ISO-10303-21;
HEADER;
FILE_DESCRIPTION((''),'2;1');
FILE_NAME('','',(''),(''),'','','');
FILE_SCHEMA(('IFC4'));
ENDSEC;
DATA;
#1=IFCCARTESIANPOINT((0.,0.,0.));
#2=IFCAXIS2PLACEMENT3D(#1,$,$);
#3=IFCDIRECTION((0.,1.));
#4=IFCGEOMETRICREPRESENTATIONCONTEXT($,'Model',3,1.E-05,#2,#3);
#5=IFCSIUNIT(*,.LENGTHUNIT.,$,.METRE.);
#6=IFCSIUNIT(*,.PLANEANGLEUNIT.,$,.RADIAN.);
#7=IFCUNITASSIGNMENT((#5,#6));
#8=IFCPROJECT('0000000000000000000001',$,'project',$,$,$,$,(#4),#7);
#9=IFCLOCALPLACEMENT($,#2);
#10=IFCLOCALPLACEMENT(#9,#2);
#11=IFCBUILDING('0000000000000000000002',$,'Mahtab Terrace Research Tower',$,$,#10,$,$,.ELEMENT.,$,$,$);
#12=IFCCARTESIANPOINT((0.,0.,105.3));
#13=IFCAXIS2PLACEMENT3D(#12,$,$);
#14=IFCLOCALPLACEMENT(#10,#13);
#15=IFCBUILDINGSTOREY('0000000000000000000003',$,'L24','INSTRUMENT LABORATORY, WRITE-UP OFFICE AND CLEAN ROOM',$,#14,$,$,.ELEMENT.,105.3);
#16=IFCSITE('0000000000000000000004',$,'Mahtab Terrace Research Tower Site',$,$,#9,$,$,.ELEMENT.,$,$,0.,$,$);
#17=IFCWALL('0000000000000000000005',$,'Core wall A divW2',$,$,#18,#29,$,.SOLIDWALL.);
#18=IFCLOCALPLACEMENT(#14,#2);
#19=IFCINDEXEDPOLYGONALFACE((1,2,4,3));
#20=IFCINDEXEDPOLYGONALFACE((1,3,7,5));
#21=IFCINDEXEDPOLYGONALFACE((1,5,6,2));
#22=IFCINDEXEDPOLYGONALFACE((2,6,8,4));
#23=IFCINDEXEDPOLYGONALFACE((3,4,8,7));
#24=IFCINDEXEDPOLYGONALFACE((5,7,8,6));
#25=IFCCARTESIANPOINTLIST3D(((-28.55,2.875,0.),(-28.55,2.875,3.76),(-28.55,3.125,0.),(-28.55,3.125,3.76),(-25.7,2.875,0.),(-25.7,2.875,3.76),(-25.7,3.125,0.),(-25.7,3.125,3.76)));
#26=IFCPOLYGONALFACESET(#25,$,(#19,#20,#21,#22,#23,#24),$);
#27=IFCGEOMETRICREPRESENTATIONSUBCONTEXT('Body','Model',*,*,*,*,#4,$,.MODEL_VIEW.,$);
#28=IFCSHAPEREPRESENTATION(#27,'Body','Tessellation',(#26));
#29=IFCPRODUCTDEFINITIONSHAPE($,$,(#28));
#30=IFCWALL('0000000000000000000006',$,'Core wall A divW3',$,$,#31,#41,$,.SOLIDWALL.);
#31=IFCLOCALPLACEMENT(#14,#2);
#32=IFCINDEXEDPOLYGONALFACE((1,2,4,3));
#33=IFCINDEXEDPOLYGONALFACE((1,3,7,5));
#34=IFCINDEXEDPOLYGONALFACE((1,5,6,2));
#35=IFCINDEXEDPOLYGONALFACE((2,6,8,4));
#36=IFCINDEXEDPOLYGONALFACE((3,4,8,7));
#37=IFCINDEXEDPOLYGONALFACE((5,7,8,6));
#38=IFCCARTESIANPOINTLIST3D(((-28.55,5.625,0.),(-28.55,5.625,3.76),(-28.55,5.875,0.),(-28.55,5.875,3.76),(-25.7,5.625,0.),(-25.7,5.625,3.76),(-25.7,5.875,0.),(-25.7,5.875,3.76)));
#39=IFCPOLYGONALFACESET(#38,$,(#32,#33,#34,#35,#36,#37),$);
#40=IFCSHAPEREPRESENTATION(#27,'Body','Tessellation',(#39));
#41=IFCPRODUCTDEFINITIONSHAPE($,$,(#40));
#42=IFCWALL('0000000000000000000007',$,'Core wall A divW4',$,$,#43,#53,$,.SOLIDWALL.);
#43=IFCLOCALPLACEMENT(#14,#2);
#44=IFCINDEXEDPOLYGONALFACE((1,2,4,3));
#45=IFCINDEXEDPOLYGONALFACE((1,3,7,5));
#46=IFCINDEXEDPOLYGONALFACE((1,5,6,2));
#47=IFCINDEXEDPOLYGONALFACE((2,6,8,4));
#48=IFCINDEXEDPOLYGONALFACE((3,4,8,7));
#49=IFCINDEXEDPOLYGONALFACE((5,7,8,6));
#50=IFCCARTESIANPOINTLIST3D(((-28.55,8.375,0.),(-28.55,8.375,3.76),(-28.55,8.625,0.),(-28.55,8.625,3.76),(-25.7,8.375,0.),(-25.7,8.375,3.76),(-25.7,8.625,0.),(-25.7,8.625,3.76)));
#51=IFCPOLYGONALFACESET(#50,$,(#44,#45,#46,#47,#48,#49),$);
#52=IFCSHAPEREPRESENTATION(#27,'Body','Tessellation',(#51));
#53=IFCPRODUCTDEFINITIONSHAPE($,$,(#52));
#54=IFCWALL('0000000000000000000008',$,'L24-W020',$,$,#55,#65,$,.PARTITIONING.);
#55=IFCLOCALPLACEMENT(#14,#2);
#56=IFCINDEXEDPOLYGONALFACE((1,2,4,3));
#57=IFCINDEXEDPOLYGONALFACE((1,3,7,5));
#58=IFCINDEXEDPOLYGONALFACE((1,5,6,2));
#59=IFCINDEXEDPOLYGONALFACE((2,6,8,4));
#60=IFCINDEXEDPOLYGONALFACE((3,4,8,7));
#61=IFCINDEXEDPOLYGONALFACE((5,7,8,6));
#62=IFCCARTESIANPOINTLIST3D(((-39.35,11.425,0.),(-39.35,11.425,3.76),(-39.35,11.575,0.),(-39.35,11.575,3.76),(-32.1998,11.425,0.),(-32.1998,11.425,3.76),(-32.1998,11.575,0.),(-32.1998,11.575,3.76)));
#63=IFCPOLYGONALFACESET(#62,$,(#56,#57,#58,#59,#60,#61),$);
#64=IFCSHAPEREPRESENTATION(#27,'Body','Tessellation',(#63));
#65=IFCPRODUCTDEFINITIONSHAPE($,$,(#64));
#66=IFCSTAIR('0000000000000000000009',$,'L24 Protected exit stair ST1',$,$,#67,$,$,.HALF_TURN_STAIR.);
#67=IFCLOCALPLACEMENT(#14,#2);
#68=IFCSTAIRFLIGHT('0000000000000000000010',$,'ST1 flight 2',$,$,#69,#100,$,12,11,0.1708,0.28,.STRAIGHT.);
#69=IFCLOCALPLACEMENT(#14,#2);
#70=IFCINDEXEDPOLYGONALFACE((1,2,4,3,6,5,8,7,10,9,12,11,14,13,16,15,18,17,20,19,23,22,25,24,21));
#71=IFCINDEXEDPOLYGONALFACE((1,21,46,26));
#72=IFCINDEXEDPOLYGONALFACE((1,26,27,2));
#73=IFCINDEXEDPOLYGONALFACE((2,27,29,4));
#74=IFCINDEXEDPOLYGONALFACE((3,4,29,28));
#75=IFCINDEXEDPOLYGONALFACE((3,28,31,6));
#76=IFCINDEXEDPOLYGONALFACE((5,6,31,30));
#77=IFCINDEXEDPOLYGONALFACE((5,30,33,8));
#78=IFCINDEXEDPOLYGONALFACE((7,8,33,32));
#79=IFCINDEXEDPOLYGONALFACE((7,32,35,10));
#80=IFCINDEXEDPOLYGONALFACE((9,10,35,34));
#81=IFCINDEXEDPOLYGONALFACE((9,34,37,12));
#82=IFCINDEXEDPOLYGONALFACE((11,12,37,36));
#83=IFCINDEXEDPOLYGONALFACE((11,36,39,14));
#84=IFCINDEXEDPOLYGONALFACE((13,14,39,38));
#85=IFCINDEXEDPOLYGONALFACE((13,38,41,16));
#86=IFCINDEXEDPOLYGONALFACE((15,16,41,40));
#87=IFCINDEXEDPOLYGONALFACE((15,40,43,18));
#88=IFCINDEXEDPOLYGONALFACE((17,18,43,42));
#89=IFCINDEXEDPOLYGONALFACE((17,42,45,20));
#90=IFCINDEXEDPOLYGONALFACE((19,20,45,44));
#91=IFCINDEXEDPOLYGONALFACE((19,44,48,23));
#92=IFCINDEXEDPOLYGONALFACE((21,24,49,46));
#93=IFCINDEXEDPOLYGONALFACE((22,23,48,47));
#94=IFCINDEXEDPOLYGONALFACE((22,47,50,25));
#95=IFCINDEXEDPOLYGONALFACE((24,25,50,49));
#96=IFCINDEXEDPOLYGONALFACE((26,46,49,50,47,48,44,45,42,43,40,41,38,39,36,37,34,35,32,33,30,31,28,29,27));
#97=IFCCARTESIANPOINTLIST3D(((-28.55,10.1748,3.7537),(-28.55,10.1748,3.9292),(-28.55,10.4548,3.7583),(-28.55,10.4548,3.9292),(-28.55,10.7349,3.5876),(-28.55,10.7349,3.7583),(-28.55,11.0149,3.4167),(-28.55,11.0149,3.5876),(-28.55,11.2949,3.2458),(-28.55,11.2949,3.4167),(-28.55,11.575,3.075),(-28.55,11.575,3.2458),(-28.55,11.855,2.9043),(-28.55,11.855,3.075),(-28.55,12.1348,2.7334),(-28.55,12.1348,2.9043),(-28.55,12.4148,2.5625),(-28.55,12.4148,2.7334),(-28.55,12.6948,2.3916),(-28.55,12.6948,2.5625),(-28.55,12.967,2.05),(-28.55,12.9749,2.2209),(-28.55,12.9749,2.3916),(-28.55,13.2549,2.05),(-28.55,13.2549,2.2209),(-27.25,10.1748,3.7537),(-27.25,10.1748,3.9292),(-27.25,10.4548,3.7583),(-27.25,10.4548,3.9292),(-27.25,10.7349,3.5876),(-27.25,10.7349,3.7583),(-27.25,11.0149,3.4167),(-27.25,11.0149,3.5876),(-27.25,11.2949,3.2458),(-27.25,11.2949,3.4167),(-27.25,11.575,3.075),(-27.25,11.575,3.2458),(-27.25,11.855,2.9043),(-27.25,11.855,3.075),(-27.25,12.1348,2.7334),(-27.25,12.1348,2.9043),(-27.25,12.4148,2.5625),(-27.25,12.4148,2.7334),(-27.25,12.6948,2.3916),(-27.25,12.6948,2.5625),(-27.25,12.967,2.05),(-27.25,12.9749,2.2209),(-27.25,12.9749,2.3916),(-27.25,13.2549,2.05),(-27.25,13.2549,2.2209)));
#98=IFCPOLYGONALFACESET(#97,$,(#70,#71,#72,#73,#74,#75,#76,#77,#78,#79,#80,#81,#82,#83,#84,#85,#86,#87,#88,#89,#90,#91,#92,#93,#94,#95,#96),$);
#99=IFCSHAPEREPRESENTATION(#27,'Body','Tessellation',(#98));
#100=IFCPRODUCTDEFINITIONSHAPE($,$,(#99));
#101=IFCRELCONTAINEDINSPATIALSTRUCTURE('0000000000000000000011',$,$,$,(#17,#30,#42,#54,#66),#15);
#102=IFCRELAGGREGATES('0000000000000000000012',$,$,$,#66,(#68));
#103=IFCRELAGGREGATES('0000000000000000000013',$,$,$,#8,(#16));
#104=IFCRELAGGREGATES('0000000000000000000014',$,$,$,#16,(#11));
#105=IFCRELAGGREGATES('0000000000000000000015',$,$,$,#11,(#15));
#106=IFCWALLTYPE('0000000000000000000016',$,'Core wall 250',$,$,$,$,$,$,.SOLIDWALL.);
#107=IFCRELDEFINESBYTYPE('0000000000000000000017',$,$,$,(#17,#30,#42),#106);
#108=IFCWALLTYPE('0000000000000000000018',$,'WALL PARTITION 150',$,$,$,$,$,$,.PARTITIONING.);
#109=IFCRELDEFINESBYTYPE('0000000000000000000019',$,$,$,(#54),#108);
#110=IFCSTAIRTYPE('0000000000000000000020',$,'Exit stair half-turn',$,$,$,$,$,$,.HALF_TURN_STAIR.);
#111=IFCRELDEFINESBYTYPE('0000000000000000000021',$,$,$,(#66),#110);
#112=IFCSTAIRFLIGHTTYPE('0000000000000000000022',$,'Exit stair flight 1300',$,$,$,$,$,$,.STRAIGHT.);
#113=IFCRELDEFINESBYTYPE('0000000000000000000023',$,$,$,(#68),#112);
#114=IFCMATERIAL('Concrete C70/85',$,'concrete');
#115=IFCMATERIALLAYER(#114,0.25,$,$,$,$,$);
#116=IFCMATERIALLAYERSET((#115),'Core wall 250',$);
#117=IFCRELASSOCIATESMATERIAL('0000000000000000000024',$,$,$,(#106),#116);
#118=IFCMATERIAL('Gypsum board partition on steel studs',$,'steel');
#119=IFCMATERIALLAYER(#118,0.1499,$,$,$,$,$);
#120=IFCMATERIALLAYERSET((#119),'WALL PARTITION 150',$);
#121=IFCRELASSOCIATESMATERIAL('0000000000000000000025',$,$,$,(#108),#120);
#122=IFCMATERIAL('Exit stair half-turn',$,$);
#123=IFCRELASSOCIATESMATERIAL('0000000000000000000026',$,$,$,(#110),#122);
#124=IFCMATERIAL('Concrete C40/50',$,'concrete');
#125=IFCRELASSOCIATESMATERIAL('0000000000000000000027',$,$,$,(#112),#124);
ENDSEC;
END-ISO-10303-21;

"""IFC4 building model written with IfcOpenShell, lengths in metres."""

from ifc_helpers import new_model, si_unit, direction, frame, frame_2d, origin, place, context, subcontext, project, spatial, polyline, rectangle, outline, extrude, material, layer, layer_set, type_object, element, aggregate, save


model = new_model("IFC4")

# Units and contexts
model_context = context("Model", 3, precision=1e-05, world=origin(), true_north=direction((0.0, 1.0)))
body_context = subcontext(model_context, "Body", "Model", "MODEL_VIEW")
ifc_project = project(units=[si_unit("LENGTHUNIT", "METRE"), si_unit("PLANEANGLEUNIT", "RADIAN")], contexts=[model_context])

# Site, building, storey
site_placement = place(None, origin())
site = spatial("IfcSite", under=ifc_project, at=site_placement, Name="Mahtab Terrace Research Tower Site", CompositionType="ELEMENT", RefElevation=0.0)
building_placement = place(site_placement, origin())
building = spatial("IfcBuilding", under=site, at=building_placement, Name="Mahtab Terrace Research Tower", CompositionType="ELEMENT")
storey_placement = place(building_placement, frame((0.0, 0.0, 105.3)))
storey = spatial("IfcBuildingStorey", under=building, at=storey_placement, Name="L24", Description="INSTRUMENT LABORATORY, WRITE-UP OFFICE AND CLEAN ROOM", CompositionType="ELEMENT", Elevation=105.3)

# Shared definitions
ifc_material_1 = material(Name="Concrete C70/85", Category="concrete")

# Walls
ifc_layer_1 = layer(ifc_material_1, 0.25)
ifc_layer_set_1 = layer_set([ifc_layer_1], Name="Core wall 250")
wall_type_1 = type_object("IfcWallType", Name="Core wall 250", PredefinedType="SOLIDWALL", material=ifc_layer_set_1)
for number, where, z_axis, x_axis, name in (
    (1, (-28.55, 3.0, 0.0), (0.0, 0.0, 1.0), (1.0, 0.0, 0.0), "Core wall A divW2"),
    (2, (-28.55, 5.75, 0.0), (0.0, 0.0, 1.0), (1.0, 0.0, 0.0), "Core wall A divW3"),
    (3, (-28.55, 8.5, 0.0), (0.0, 0.0, 1.0), (1.0, 0.0, 0.0), "Core wall A divW4"),
):
    element("IfcWall", number, at=place(storey_placement, frame(where, z_axis=z_axis, x_axis=x_axis)), inside=storey, type_object=wall_type_1, Name=name, PredefinedType="SOLIDWALL", context=body_context, shape_type="SweptSolid", body=[
        extrude(rectangle(XDim=2.8501, YDim=0.25, at=frame_2d((1.425, 0.0))), origin(), (0.0, 0.0, 1.0), 3.76),
    ])
ifc_material_2 = material(Name="Gypsum board partition on steel studs", Category="steel")
ifc_layer_2 = layer(ifc_material_2, 0.1499)
ifc_layer_set_2 = layer_set([ifc_layer_2], Name="WALL PARTITION 150")
wall_type_2 = type_object("IfcWallType", Name="WALL PARTITION 150", PredefinedType="PARTITIONING", material=ifc_layer_set_2)
wall_placement = place(storey_placement, frame((-39.3501, 11.5, 0.0), z_axis=(0.0, 0.0, 1.0), x_axis=(1.0, 0.0, 0.0)))
element("IfcWall", 4, at=wall_placement, inside=storey, type_object=wall_type_2, Name="L24-W020", PredefinedType="PARTITIONING", context=body_context, shape_type="SweptSolid", body=[
    extrude(rectangle(XDim=7.1501, YDim=0.1499, at=frame_2d((3.5752, 0.0))), origin(), (0.0, 0.0, 1.0), 3.76),
])

# Stair, stair flight
ifc_material_3 = material(Name="Exit stair half-turn")
stair_type = type_object("IfcStairType", Name="Exit stair half-turn", PredefinedType="HALF_TURN_STAIR", material=ifc_material_3)
stair_placement = place(storey_placement, origin())
stair = element("IfcStair", 5, at=stair_placement, inside=storey, type_object=stair_type, Name="L24 Protected exit stair ST1", PredefinedType="HALF_TURN_STAIR")
ifc_material_4 = material(Name="Concrete C40/50", Category="concrete")
stair_flight_type = type_object("IfcStairFlightType", Name="Exit stair flight 1300", PredefinedType="STRAIGHT", material=ifc_material_4)
stair_flight_placement = place(storey_placement, frame((-27.8999, 13.2549, 2.05), z_axis=(0.0, 0.0, 1.0), x_axis=(0.0, -1.0, 0.0)))
stair_flight = element("IfcStairFlight", 6, at=stair_flight_placement, type_object=stair_flight_type, Name="ST1 flight 2", NumberOfRisers=12, NumberOfTreads=11, PredefinedType="STRAIGHT", RiserHeight=0.1708, TreadLength=0.28, context=body_context, shape_type="SweptSolid", body=[
    extrude(outline(polyline([(0.0, 0.0), (0.0, 0.1709), (0.28, 0.1709), (0.28, 0.3416), (0.5601, 0.3416), (0.5601, 0.5125), (0.8401, 0.5125), (0.8401, 0.6833), (1.1201, 0.6833), (1.1201, 0.8542), (1.3999, 0.8542), (1.3999, 1.0249), (1.6799, 1.0249), (1.6799, 1.1958), (1.96, 1.1958), (1.96, 1.3667), (2.24, 1.3667), (2.24, 1.5376), (2.52, 1.5376), (2.52, 1.7083), (2.8, 1.7083), (2.8, 1.8792), (3.0801, 1.8792), (3.0801, 2.05), (3.0801, 1.7036), (0.2878, 0.0), (0.0, 0.0)])), frame((0.0, 0.6499, 0.0), z_axis=(0.0, -1.0, 0.0), x_axis=(1.0, 0.0, 0.0)), (0.0, 0.0, 1.0), 1.3),
])
aggregate(stair, [stair_flight])

save(model, "model.ifc")
